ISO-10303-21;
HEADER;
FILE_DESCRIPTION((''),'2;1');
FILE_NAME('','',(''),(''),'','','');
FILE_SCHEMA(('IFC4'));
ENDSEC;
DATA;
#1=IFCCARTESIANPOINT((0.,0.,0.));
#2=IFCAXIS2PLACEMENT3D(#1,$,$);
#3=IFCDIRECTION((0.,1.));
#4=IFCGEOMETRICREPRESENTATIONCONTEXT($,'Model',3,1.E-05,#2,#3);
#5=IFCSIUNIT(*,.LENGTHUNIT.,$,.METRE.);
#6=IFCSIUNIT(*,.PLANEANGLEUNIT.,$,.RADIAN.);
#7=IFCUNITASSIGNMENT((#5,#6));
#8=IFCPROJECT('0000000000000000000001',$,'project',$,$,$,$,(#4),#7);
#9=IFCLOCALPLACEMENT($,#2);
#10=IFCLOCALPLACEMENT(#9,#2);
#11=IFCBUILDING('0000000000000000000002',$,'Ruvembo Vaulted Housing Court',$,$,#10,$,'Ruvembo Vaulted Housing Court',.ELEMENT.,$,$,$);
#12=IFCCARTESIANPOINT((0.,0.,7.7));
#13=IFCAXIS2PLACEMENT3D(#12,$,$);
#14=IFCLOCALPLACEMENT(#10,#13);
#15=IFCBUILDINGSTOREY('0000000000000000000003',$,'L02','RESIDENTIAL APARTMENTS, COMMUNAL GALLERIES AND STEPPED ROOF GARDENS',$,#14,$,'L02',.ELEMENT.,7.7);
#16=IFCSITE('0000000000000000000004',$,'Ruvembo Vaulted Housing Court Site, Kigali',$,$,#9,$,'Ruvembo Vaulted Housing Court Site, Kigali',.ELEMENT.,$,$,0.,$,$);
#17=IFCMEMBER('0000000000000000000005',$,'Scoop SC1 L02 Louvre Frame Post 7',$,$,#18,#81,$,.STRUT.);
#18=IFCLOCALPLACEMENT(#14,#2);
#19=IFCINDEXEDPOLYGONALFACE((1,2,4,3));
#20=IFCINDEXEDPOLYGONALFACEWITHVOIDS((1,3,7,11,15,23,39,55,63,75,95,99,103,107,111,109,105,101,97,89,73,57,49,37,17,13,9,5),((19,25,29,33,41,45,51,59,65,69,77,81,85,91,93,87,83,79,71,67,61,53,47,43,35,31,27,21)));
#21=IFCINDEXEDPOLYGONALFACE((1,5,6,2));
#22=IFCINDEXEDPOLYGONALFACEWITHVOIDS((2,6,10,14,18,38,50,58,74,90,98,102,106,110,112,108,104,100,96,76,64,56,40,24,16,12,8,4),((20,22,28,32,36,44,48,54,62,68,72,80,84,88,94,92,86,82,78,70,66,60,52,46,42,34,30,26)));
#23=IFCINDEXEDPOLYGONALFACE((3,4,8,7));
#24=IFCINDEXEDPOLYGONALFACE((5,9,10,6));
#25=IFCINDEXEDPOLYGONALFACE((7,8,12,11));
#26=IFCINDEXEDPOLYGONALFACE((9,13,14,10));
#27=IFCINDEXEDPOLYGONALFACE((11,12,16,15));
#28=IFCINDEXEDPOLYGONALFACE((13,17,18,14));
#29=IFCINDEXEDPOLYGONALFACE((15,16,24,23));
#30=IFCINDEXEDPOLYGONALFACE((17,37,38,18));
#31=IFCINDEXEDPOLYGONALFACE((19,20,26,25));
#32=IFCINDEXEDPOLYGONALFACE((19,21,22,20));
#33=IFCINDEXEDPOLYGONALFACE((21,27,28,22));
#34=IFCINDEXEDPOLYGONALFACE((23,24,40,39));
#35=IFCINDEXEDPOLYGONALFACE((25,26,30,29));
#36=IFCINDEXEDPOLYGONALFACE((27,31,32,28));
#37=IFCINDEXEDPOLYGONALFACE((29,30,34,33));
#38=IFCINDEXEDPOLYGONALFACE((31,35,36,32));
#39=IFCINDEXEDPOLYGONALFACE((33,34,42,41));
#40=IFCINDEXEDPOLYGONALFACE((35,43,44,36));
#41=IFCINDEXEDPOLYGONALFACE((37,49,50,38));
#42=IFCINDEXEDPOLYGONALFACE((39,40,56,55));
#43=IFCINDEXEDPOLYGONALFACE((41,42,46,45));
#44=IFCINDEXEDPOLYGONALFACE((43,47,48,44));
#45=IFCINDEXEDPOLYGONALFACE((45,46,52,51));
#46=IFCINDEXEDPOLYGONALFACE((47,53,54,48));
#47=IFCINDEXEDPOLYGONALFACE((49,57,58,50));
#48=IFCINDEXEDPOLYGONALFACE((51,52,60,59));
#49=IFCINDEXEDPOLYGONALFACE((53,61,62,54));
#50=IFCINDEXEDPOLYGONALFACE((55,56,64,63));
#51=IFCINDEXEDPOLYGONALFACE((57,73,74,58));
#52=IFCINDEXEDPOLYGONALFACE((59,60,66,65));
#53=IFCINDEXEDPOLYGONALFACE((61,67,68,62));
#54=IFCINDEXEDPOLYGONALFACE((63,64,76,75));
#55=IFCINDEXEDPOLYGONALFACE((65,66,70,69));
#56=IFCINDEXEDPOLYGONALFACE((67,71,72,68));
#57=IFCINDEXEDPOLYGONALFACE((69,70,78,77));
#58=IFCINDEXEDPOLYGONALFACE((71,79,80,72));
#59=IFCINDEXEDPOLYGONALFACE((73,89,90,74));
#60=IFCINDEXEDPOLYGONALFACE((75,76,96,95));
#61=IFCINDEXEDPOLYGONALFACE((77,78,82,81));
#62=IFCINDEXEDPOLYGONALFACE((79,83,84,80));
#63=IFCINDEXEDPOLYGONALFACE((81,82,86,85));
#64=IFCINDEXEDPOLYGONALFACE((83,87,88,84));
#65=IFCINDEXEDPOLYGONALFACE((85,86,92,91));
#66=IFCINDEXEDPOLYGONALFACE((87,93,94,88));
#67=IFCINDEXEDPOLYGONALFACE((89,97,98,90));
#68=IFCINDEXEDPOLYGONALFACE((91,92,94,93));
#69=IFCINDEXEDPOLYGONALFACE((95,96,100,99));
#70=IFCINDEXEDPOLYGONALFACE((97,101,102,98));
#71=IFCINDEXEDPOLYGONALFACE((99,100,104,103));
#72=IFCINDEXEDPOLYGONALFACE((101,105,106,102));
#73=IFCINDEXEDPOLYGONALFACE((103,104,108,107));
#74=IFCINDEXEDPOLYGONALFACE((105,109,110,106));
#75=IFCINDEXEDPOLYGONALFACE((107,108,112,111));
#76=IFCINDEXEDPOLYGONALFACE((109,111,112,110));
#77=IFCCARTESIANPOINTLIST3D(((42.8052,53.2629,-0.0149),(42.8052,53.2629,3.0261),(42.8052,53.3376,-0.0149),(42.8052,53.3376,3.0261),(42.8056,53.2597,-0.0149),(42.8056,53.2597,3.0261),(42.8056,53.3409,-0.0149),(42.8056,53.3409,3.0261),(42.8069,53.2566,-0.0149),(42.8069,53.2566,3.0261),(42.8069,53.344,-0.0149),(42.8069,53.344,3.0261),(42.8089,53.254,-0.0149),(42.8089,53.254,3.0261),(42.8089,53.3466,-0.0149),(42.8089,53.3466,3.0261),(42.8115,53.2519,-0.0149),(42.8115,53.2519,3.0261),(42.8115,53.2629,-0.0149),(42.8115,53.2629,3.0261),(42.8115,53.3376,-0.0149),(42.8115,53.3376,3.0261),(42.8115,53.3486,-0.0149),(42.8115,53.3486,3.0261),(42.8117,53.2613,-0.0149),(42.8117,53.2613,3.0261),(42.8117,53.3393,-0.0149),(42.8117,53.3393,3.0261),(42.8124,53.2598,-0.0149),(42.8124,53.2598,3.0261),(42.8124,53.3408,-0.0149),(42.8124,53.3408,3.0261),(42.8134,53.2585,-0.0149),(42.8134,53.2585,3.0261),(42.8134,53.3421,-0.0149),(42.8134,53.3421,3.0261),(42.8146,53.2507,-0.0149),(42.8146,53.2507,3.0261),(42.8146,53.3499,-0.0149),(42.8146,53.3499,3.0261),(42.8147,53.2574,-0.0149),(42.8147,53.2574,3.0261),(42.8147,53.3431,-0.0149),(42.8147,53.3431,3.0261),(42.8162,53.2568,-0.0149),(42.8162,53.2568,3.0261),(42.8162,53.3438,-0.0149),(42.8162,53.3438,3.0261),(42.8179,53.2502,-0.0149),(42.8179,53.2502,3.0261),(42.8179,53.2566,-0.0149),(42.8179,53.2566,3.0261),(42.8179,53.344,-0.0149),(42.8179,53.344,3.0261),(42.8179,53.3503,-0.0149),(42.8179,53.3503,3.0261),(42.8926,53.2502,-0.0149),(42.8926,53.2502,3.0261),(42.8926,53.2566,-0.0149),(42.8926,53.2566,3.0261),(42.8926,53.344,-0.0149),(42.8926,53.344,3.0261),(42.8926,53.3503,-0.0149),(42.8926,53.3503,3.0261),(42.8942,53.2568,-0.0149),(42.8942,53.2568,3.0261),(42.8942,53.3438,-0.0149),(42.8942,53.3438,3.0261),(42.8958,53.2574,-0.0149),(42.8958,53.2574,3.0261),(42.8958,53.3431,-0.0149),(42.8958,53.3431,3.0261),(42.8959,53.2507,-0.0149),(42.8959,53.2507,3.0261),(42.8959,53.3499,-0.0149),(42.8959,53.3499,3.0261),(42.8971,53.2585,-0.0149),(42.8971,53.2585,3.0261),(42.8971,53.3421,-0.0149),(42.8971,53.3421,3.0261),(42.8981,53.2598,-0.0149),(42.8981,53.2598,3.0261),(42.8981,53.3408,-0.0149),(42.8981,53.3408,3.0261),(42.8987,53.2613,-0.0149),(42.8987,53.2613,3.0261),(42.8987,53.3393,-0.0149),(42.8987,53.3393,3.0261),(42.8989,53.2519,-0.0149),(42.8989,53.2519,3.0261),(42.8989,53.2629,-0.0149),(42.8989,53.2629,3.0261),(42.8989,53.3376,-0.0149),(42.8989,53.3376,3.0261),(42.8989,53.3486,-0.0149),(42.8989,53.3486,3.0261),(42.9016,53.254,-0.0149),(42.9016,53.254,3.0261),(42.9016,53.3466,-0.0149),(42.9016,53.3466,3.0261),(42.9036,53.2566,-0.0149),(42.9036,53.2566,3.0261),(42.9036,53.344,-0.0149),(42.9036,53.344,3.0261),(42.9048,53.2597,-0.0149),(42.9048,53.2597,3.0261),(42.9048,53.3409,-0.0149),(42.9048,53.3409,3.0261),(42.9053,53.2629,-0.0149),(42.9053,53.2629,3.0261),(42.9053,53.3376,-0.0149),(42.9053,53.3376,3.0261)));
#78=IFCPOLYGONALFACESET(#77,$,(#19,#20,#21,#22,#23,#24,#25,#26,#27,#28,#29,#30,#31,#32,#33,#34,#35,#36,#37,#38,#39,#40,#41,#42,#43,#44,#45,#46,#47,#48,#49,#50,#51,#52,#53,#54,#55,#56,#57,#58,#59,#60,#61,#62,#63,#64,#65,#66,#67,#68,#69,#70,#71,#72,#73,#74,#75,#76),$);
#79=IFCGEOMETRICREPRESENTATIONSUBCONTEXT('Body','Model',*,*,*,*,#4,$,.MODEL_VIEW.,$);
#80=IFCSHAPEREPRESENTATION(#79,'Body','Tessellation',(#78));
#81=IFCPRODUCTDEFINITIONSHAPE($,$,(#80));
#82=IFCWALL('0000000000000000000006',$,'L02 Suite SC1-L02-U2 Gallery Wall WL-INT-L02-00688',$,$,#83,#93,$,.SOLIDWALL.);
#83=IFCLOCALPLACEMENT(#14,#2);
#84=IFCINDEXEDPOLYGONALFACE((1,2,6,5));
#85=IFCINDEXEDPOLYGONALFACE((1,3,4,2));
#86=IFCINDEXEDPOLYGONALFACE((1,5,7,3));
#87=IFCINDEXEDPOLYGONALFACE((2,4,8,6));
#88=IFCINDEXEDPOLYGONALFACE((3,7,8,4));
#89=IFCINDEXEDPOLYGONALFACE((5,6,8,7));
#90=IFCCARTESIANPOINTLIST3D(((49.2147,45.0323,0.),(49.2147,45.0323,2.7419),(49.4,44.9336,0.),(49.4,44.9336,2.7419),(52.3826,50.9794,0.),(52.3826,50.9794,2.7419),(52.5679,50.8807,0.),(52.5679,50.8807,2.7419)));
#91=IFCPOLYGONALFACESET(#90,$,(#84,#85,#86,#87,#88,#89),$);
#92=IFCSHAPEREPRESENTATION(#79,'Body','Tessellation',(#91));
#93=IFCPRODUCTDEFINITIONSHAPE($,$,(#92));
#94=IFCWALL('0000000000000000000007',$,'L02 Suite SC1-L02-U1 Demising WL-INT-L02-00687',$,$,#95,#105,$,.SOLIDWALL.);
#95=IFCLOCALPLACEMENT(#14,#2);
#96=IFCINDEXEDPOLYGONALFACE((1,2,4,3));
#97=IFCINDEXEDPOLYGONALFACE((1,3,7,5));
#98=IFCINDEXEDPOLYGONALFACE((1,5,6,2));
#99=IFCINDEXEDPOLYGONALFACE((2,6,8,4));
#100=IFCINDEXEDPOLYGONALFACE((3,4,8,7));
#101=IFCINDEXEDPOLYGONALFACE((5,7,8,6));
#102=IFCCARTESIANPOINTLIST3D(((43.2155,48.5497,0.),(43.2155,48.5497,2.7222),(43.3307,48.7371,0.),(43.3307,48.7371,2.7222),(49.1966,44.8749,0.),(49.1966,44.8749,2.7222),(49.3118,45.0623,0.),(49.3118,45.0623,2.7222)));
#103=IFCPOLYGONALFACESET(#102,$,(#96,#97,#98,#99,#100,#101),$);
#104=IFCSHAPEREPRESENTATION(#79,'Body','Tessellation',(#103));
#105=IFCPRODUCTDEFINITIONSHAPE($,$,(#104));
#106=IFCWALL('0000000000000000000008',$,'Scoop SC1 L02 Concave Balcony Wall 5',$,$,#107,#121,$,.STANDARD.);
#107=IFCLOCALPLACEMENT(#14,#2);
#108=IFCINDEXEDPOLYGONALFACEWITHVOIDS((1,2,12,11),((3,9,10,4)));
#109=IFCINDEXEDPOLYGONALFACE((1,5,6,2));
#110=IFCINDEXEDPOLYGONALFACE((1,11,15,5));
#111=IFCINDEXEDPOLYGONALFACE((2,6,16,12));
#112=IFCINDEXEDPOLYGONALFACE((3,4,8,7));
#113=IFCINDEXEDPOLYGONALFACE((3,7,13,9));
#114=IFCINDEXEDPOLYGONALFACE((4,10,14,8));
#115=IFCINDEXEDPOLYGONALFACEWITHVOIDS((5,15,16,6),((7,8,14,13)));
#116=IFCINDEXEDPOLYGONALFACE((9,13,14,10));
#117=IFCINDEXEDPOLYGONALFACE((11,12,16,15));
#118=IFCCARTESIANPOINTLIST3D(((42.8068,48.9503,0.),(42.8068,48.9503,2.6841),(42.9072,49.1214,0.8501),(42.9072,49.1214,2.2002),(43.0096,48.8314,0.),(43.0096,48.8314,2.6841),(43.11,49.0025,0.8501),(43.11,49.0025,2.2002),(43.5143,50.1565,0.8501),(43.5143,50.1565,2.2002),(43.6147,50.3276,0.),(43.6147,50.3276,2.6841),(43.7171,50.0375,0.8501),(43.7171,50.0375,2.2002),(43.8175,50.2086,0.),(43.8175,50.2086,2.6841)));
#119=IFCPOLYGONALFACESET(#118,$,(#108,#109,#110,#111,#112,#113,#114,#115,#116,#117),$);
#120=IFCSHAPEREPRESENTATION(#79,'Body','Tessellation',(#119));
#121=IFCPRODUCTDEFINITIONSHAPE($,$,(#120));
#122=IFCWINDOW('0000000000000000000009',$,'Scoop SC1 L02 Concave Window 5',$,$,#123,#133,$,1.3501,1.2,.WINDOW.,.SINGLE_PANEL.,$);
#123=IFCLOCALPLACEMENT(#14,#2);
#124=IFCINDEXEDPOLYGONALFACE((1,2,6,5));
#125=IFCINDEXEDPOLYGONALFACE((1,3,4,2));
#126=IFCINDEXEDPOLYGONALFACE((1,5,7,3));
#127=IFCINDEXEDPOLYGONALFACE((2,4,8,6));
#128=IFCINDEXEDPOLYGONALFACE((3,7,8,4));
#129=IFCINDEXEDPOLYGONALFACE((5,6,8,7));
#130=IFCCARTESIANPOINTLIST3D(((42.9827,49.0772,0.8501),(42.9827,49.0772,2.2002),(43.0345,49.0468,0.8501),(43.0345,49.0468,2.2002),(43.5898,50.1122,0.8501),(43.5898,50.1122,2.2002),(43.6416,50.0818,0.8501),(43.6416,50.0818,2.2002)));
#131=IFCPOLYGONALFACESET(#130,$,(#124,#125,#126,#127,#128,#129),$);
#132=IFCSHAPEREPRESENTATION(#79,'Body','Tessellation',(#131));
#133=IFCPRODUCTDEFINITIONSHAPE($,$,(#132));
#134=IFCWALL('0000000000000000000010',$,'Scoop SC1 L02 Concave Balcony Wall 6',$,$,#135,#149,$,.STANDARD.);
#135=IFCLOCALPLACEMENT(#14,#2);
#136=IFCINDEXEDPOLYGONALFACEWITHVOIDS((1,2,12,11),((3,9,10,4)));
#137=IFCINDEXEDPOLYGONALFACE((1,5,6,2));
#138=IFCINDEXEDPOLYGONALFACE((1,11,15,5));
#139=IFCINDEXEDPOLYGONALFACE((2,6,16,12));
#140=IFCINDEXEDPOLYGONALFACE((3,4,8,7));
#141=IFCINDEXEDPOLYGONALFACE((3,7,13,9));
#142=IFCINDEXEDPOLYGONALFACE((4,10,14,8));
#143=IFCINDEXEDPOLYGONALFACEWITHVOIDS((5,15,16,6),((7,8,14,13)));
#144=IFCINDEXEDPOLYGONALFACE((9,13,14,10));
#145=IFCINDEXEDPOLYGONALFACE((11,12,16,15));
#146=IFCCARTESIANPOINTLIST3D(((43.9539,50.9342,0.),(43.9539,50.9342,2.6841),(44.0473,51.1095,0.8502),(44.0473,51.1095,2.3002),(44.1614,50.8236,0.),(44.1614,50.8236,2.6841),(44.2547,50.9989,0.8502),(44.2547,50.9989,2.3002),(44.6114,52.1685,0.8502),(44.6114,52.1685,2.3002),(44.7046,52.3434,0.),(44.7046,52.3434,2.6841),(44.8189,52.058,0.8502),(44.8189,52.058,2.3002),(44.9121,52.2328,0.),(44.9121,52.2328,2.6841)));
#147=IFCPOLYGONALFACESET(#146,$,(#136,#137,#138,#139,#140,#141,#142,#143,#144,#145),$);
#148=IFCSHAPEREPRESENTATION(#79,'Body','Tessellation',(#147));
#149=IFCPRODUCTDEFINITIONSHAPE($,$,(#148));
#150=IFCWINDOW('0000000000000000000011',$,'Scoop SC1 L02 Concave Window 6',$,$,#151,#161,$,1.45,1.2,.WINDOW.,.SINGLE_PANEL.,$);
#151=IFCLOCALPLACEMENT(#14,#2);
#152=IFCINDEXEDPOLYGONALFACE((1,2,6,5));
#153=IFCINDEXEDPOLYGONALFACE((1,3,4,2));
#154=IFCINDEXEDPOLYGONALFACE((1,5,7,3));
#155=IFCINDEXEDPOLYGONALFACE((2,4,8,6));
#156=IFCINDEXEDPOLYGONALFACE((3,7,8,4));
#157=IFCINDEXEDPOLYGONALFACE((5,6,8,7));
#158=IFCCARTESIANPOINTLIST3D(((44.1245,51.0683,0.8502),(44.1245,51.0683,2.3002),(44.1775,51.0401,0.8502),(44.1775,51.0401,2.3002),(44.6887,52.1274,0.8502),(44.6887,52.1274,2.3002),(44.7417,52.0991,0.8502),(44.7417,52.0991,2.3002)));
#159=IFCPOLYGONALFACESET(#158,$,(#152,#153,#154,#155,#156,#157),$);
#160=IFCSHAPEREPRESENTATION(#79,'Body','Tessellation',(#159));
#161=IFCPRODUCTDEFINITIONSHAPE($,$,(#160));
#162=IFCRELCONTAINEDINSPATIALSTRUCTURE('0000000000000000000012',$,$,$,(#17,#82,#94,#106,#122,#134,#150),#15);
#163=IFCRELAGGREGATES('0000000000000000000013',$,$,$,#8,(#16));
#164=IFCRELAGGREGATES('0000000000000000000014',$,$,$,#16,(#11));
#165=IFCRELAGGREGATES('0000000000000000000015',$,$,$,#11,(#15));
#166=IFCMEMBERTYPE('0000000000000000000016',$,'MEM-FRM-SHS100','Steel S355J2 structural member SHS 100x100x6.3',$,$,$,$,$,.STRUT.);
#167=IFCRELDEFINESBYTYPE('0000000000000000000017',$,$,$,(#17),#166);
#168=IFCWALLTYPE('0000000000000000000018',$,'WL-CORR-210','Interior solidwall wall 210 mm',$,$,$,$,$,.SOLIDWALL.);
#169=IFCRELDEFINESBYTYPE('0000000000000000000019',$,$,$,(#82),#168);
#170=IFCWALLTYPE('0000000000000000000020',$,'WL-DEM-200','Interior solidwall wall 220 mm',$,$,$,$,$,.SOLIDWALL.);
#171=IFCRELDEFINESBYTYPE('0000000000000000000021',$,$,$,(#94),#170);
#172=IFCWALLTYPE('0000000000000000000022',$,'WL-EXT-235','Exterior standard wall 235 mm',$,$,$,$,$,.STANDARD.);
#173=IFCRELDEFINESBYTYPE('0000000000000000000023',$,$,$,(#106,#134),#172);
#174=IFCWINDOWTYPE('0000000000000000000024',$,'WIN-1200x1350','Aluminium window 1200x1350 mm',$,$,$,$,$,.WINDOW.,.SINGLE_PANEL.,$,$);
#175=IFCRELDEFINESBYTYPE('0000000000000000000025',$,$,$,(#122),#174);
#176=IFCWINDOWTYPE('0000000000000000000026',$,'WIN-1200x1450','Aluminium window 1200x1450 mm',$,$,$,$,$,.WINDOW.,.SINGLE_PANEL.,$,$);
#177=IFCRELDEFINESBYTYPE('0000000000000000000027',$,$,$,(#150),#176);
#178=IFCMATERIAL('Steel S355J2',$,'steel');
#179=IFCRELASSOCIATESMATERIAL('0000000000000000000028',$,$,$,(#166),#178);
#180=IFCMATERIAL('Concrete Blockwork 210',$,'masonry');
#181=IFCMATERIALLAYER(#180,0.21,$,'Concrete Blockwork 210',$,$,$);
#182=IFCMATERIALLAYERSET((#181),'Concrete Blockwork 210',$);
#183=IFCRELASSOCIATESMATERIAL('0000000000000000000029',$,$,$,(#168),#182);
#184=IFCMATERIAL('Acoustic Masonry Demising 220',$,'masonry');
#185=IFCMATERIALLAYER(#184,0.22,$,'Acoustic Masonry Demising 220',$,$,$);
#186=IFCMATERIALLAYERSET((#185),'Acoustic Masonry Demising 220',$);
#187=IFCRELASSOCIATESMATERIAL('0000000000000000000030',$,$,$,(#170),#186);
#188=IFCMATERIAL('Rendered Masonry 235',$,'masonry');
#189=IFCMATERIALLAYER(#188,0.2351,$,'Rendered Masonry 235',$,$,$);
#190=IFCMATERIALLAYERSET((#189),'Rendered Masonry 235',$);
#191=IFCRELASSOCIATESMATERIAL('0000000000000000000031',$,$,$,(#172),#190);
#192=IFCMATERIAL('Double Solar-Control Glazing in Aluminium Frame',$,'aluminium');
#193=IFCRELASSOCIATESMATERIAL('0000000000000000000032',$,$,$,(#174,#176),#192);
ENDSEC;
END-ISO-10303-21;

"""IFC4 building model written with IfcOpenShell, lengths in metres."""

from ifc_helpers import new_model, si_unit, direction, frame, frame_2d, origin, origin_2d, place, context, subcontext, project, spatial, rectangle, hollow_rectangle, extrude, material, layer, layer_set, material_profile, profile_set, type_object, element, fill, save


model = new_model("IFC4")

# Units and contexts
model_context = context("Model", 3, precision=1e-05, world=origin(), true_north=direction((0.0, 1.0)))
body_context = subcontext(model_context, "Body", "Model", "MODEL_VIEW")
ifc_project = project(units=[si_unit("LENGTHUNIT", "METRE"), si_unit("PLANEANGLEUNIT", "RADIAN")], contexts=[model_context])

# Site, building, storey
site_placement = place(None, origin())
site = spatial("IfcSite", under=ifc_project, at=site_placement, Name="Ruvembo Vaulted Housing Court Site, Kigali", LongName="Ruvembo Vaulted Housing Court Site, Kigali", CompositionType="ELEMENT", RefElevation=0.0)
building_placement = place(site_placement, origin())
building = spatial("IfcBuilding", under=site, at=building_placement, Name="Ruvembo Vaulted Housing Court", LongName="Ruvembo Vaulted Housing Court", CompositionType="ELEMENT")
storey_placement = place(building_placement, frame((0.0, 0.0, 7.7)))
storey = spatial("IfcBuildingStorey", under=building, at=storey_placement, Name="L02", Description="RESIDENTIAL APARTMENTS, COMMUNAL GALLERIES AND STEPPED ROOF GARDENS", LongName="L02", CompositionType="ELEMENT", Elevation=7.7)

# Shared definitions
ifc_material_1 = material(Name="Steel S355J2", Category="steel")

# Member
ifc_material_profile_1 = material_profile(ifc_material_1, hollow_rectangle(XDim=0.1001, YDim=0.1001, WallThickness=0.0063, InnerFilletRadius=0.0063, OuterFilletRadius=0.0127, at=origin_2d()), Name="SHS 100x100x6.3")
ifc_profile_set_1 = profile_set([ifc_material_profile_1], Name="Steel S355J2")
member_type_1 = type_object("IfcMemberType", Name="MEM-FRM-SHS100", Description="Steel S355J2 structural member SHS 100x100x6.3", PredefinedType="STRUT", material=ifc_profile_set_1)
member_1_placement = place(storey_placement, frame((42.8552, 53.3003, -0.0149), z_axis=(0.0, 0.0, 1.0), x_axis=(1.0, 0.0, 0.0)))
element("IfcMember", 1, at=member_1_placement, inside=storey, type_object=member_type_1, Name="Scoop SC1 L02 Louvre Frame Post 7", PredefinedType="STRUT", context=body_context, shape_type="SweptSolid", body=[
    extrude(hollow_rectangle(XDim=0.1001, YDim=0.1001, WallThickness=0.0063, InnerFilletRadius=0.0063, OuterFilletRadius=0.0127, at=origin_2d()), origin(), (0.0, 0.0, 1.0), 3.041),
])

# Walls
ifc_material_2 = material(Name="Concrete Blockwork 210", Category="masonry")
ifc_layer_1 = layer(ifc_material_2, 0.21, Name="Concrete Blockwork 210")
ifc_layer_set_1 = layer_set([ifc_layer_1], Name="Concrete Blockwork 210")
wall_type_1 = type_object("IfcWallType", Name="WL-CORR-210", Description="Interior solidwall wall 210 mm", PredefinedType="SOLIDWALL", material=ifc_layer_set_1)
wall_1_placement = place(storey_placement, frame((49.3074, 44.9829, 0.0), z_axis=(0.0, 0.0, 1.0), x_axis=(0.470137, 0.882594, 0.0)))
element("IfcWall", 2, at=wall_1_placement, inside=storey, type_object=wall_type_1, Name="L02 Suite SC1-L02-U2 Gallery Wall WL-INT-L02-00688", PredefinedType="SOLIDWALL", context=body_context, shape_type="SweptSolid", body=[
    extrude(rectangle(XDim=6.7383, YDim=0.21, at=frame_2d((3.3691, 0.0))), origin(), (0.0, 0.0, 1.0), 2.7419),
])
ifc_material_3 = material(Name="Acoustic Masonry Demising 220", Category="masonry")
ifc_layer_2 = layer(ifc_material_3, 0.22, Name="Acoustic Masonry Demising 220")
ifc_layer_set_2 = layer_set([ifc_layer_2], Name="Acoustic Masonry Demising 220")
wall_type_2 = type_object("IfcWallType", Name="WL-DEM-200", Description="Interior solidwall wall 220 mm", PredefinedType="SOLIDWALL", material=ifc_layer_set_2)
wall_2_placement = place(storey_placement, frame((43.2732, 48.6433, 0.0), z_axis=(0.0, 0.0, 1.0), x_axis=(0.852035, -0.523484, 0.0)))
element("IfcWall", 3, at=wall_2_placement, inside=storey, type_object=wall_type_2, Name="L02 Suite SC1-L02-U1 Demising WL-INT-L02-00687", PredefinedType="SOLIDWALL", context=body_context, shape_type="SweptSolid", body=[
    extrude(rectangle(XDim=7.0198, YDim=0.22, at=frame_2d((3.5098, 0.0))), origin(), (0.0, 0.0, 1.0), 2.7222),
])

# Walls, openings, windows
ifc_material_4 = material(Name="Rendered Masonry 235", Category="masonry")
ifc_layer_3 = layer(ifc_material_4, 0.2351, Name="Rendered Masonry 235")
ifc_layer_set_3 = layer_set([ifc_layer_3], Name="Rendered Masonry 235")
wall_type_3 = type_object("IfcWallType", Name="WL-EXT-235", Description="Exterior standard wall 235 mm", PredefinedType="STANDARD", material=ifc_layer_set_3)
wall_3_placement = place(storey_placement, frame((42.9082, 48.8909, 0.0), z_axis=(0.0, 0.0, 1.0), x_axis=(0.505971, 0.862551, 0.0)))
wall_3 = element("IfcWall", 4, at=wall_3_placement, inside=storey, type_object=wall_type_3, Name="Scoop SC1 L02 Concave Balcony Wall 5", PredefinedType="STANDARD", context=body_context, shape_type="SweptSolid", body=[
    extrude(rectangle(XDim=1.5967, YDim=0.2351, at=frame_2d((0.7983, 0.0))), origin(), (0.0, 0.0, 1.0), 2.6841),
])
opening_1_placement = place(wall_3_placement, frame((0.1982, 0.0, 0.8501)))
opening_1 = element("IfcOpeningElement", 5, at=opening_1_placement, cuts=wall_3, PredefinedType="OPENING", context=body_context, shape_type="SweptSolid", body=[
    extrude(rectangle(XDim=1.2, YDim=1.3501, at=frame_2d((0.6001, 0.675))), frame((0.0, 0.1274, 0.0), z_axis=(0.0, -1.0, 0.0), x_axis=(1.0, 0.0, 0.0)), (0.0, 0.0, 1.0), 0.2551),
])
ifc_material_5 = material(Name="Double Solar-Control Glazing in Aluminium Frame", Category="aluminium")
window_type_1 = type_object("IfcWindowType", Name="WIN-1200x1350", Description="Aluminium window 1200x1350 mm", PartitioningType="SINGLE_PANEL", PredefinedType="WINDOW", material=ifc_material_5)
window_1_placement = place(opening_1_placement, origin())
window_1 = element("IfcWindow", 6, at=window_1_placement, inside=storey, type_object=window_type_1, Name="Scoop SC1 L02 Concave Window 5", OverallHeight=1.3501, OverallWidth=1.2, PartitioningType="SINGLE_PANEL", PredefinedType="WINDOW", context=body_context, shape_type="SweptSolid", body=[
    extrude(rectangle(XDim=1.2, YDim=1.3501, at=frame_2d((0.6001, 0.675))), frame((0.0, 0.03, 0.0), z_axis=(0.0, -1.0, 0.0), x_axis=(1.0, 0.0, 0.0)), (0.0, 0.0, 1.0), 0.0601),
])
fill(opening_1, window_1)
wall_4_placement = place(storey_placement, frame((44.0576, 50.8789, 0.0), z_axis=(0.0, 0.0, 1.0), x_axis=(0.470183, 0.882569, 0.0)))
wall_4 = element("IfcWall", 7, at=wall_4_placement, inside=storey, type_object=wall_type_3, Name="Scoop SC1 L02 Concave Balcony Wall 6", PredefinedType="STANDARD", context=body_context, shape_type="SweptSolid", body=[
    extrude(rectangle(XDim=1.5967, YDim=0.2351, at=frame_2d((0.7983, 0.0))), origin(), (0.0, 0.0, 1.0), 2.6841),
])
opening_2_placement = place(wall_4_placement, frame((0.1985, 0.0, 0.8501)))
opening_2 = element("IfcOpeningElement", 8, at=opening_2_placement, cuts=wall_4, PredefinedType="OPENING", context=body_context, shape_type="SweptSolid", body=[
    extrude(rectangle(XDim=1.2, YDim=1.45, at=frame_2d((0.6001, 0.7251))), frame((0.0, 0.1274, 0.0), z_axis=(0.0, -1.0, 0.0), x_axis=(1.0, 0.0, 0.0)), (0.0, 0.0, 1.0), 0.2551),
])
window_type_2 = type_object("IfcWindowType", Name="WIN-1200x1450", Description="Aluminium window 1200x1450 mm", PartitioningType="SINGLE_PANEL", PredefinedType="WINDOW", material=ifc_material_5)
window_2_placement = place(opening_2_placement, origin())
window_2 = element("IfcWindow", 9, at=window_2_placement, inside=storey, type_object=window_type_2, Name="Scoop SC1 L02 Concave Window 6", OverallHeight=1.45, OverallWidth=1.2, PartitioningType="SINGLE_PANEL", PredefinedType="WINDOW", context=body_context, shape_type="SweptSolid", body=[
    extrude(rectangle(XDim=1.2, YDim=1.45, at=frame_2d((0.6001, 0.7251))), frame((0.0, 0.03, 0.0), z_axis=(0.0, -1.0, 0.0), x_axis=(1.0, 0.0, 0.0)), (0.0, 0.0, 1.0), 0.0601),
])
fill(opening_2, window_2)

save(model, "model.ifc")
